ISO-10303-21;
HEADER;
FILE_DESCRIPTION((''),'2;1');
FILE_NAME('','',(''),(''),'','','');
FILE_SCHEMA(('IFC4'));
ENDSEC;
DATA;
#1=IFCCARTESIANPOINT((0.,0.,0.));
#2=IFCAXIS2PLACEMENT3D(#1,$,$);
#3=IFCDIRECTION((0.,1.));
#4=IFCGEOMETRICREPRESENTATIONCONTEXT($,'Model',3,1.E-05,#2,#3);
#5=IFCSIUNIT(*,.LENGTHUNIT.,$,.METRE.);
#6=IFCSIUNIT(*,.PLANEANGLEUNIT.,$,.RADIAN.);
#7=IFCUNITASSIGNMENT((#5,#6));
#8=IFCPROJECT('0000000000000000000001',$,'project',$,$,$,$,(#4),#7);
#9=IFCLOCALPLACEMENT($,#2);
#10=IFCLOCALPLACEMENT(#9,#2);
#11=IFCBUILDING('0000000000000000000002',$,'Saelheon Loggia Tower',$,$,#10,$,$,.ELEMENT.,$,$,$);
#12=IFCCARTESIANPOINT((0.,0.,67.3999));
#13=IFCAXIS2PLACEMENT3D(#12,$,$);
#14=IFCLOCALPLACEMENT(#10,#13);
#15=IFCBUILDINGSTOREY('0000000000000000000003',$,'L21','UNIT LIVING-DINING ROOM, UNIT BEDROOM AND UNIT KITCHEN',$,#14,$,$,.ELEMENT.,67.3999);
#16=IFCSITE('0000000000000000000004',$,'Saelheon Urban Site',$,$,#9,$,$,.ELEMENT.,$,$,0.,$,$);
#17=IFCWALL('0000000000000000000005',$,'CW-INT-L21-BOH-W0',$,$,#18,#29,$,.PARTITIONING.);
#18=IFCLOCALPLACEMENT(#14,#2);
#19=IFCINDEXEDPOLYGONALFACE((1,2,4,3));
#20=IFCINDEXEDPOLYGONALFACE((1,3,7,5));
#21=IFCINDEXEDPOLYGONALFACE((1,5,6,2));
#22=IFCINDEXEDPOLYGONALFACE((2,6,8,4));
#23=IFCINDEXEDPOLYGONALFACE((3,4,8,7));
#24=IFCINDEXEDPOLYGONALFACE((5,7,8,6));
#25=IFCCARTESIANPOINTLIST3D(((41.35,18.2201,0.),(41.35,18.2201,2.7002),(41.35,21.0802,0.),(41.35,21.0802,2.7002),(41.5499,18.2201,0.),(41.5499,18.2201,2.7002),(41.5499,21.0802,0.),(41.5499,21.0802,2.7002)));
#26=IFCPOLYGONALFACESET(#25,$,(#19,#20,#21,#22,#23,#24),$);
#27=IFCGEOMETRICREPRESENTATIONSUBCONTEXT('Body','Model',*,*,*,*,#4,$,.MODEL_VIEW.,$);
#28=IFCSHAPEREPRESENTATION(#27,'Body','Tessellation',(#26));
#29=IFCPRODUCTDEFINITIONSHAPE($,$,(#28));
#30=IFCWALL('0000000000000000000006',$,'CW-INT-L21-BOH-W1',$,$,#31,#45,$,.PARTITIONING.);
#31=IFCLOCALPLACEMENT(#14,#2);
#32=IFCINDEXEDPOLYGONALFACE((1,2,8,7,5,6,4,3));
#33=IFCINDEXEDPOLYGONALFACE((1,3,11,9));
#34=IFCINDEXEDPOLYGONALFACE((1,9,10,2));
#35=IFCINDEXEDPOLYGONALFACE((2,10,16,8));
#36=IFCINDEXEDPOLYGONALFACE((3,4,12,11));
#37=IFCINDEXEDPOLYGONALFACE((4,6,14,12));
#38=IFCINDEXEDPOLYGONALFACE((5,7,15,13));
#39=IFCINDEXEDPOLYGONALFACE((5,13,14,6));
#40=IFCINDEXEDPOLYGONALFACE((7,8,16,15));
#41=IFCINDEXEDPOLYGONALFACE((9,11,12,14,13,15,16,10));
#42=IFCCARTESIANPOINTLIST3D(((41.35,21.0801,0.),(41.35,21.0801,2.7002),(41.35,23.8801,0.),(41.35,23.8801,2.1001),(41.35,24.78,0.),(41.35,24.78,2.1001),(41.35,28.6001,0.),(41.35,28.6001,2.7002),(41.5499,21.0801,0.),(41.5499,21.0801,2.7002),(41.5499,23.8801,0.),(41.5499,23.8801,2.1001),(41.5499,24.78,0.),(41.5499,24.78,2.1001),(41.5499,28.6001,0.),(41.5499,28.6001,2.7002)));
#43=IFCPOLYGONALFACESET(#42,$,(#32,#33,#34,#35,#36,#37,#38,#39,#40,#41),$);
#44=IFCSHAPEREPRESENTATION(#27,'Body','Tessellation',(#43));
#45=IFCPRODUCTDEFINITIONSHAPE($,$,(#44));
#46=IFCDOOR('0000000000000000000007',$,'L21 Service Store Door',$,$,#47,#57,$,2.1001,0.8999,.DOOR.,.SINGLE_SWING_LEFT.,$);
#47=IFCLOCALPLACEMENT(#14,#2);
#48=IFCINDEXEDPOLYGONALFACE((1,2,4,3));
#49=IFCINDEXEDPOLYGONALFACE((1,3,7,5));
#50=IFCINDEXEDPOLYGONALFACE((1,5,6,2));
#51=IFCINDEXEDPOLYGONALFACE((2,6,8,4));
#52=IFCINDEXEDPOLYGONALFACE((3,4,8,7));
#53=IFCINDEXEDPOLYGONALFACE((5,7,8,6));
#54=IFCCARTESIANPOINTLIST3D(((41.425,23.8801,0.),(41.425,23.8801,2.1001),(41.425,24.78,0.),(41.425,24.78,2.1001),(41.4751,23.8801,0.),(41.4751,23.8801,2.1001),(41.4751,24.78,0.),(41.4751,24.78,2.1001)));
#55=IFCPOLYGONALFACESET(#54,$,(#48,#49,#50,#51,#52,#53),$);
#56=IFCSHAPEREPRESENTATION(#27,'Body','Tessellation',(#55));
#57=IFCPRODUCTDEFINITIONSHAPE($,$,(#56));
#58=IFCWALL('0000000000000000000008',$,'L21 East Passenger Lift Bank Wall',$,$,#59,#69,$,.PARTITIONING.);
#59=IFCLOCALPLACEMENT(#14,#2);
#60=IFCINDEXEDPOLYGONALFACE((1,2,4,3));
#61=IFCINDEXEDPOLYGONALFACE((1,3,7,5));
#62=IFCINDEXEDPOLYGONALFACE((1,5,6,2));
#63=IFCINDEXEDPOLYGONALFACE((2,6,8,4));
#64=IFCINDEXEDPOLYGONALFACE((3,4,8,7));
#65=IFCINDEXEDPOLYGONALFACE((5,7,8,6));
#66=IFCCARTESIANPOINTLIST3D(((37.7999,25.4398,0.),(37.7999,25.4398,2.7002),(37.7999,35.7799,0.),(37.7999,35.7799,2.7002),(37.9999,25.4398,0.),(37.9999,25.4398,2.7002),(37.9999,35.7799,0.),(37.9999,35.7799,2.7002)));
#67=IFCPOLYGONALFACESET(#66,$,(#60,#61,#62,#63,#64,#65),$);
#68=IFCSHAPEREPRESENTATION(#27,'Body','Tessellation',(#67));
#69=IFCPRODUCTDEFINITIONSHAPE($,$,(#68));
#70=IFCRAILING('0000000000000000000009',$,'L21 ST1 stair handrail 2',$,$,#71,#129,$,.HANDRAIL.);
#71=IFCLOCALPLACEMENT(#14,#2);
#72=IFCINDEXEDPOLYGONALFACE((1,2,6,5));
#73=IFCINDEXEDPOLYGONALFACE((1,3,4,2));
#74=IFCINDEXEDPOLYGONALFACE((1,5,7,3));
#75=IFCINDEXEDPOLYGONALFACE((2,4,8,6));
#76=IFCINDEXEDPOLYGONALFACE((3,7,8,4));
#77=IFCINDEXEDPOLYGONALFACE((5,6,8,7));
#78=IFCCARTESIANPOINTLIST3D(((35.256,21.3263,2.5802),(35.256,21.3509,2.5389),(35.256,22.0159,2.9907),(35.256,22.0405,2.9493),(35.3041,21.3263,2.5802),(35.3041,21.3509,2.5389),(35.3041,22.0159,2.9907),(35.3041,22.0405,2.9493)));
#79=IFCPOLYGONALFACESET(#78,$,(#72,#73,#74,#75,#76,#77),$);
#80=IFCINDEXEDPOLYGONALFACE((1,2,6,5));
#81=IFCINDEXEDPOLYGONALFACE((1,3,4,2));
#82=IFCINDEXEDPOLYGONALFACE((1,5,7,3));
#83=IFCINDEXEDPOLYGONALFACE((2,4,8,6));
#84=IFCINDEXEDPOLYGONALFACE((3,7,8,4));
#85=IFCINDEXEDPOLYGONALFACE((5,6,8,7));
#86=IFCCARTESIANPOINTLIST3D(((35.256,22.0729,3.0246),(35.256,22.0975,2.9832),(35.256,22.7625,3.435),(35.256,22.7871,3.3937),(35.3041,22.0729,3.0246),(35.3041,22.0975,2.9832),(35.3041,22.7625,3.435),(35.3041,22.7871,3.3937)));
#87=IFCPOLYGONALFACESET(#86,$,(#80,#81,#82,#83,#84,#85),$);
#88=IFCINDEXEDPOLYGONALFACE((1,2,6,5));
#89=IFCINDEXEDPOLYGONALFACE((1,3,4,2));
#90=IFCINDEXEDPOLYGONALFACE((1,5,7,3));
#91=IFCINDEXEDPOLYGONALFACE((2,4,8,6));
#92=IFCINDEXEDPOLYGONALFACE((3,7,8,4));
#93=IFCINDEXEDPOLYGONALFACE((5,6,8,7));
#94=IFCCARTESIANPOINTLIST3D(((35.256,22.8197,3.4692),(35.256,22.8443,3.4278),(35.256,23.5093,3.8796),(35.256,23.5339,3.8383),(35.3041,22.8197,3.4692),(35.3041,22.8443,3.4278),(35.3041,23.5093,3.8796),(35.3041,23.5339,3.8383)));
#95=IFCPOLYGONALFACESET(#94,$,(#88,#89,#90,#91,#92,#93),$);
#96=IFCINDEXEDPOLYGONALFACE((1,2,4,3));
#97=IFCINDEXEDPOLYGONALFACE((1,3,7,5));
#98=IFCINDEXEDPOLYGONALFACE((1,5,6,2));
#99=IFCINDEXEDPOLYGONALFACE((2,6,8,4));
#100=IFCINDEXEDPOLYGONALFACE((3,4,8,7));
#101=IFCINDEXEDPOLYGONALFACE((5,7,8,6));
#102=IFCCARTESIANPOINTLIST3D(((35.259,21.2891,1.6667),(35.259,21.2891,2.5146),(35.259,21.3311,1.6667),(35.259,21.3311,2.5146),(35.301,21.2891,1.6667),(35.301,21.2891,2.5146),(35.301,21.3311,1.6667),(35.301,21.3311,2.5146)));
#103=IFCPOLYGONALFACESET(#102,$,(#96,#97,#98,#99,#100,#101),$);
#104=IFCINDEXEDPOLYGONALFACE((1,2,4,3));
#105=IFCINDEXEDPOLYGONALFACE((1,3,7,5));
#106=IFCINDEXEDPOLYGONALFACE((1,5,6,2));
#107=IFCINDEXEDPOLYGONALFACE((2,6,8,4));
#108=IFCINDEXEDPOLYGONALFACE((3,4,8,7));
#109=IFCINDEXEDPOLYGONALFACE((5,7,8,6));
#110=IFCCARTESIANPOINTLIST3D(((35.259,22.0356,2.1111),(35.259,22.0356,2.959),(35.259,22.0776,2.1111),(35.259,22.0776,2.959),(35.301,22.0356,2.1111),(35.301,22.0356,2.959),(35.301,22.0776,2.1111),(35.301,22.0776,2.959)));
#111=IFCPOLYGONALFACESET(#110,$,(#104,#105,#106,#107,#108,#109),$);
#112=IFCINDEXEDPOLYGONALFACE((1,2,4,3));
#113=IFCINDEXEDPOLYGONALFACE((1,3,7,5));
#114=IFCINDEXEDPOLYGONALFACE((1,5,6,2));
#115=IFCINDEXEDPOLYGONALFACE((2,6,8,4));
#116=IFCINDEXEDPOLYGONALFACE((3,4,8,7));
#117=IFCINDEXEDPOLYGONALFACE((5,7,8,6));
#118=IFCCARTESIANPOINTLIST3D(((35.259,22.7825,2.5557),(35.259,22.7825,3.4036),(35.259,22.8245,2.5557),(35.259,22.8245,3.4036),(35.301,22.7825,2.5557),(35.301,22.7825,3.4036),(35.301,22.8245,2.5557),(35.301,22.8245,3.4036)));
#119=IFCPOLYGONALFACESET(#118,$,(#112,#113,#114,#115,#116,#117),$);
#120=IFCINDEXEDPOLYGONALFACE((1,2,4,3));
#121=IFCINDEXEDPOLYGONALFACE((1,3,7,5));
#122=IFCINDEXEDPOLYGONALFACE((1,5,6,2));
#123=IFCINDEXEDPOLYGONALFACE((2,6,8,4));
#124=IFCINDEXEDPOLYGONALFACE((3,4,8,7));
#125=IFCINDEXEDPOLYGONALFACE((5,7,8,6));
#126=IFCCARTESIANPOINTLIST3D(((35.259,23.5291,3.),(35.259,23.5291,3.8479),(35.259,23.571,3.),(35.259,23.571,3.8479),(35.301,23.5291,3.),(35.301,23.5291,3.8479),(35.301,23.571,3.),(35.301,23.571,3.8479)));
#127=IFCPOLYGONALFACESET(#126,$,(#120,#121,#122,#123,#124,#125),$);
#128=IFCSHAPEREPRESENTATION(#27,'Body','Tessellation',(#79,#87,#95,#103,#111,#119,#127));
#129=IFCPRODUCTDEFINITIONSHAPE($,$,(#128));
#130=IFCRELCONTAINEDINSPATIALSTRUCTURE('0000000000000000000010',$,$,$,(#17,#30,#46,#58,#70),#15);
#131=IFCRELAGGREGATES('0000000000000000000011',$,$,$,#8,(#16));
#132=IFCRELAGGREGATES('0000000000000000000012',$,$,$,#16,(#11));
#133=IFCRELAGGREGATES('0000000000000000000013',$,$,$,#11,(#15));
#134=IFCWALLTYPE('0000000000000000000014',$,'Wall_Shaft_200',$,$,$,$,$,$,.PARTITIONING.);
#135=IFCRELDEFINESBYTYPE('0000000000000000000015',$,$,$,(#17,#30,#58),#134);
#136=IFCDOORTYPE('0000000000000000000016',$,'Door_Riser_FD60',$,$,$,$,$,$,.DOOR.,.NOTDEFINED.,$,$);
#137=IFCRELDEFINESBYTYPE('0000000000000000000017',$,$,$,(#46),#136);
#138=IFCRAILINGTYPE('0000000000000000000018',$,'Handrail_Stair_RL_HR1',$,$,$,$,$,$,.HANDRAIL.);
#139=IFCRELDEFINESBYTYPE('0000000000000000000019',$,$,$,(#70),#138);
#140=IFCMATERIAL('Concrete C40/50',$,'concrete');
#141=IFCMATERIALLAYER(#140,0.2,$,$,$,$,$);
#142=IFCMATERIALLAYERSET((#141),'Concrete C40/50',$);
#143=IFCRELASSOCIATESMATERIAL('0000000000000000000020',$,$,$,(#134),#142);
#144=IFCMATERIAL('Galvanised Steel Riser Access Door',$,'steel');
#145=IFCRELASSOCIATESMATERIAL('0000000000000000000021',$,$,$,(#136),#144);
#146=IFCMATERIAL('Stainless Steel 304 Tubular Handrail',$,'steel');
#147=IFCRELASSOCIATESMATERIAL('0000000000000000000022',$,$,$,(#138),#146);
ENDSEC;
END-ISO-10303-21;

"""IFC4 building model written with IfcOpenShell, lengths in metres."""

from ifc_helpers import new_model, si_unit, direction, frame, frame_2d, origin, origin_2d, place, context, subcontext, project, spatial, rectangle, extrude, source, transform, mapped, material, layer, layer_set, type_object, element, fill, save


model = new_model("IFC4")

# Units and contexts
model_context = context("Model", 3, precision=1e-05, world=origin(), true_north=direction((0.0, 1.0)))
body_context = subcontext(model_context, "Body", "Model", "MODEL_VIEW")
ifc_project = project(units=[si_unit("LENGTHUNIT", "METRE"), si_unit("PLANEANGLEUNIT", "RADIAN")], contexts=[model_context])

# Site, building, storey
site_placement = place(None, origin())
site = spatial("IfcSite", under=ifc_project, at=site_placement, Name="Saelheon Urban Site", CompositionType="ELEMENT", RefElevation=0.0)
building_placement = place(site_placement, origin())
building = spatial("IfcBuilding", under=site, at=building_placement, Name="Saelheon Loggia Tower", CompositionType="ELEMENT")
storey_placement = place(building_placement, frame((0.0, 0.0, 67.3999)))
storey = spatial("IfcBuildingStorey", under=building, at=storey_placement, Name="L21", Description="UNIT LIVING-DINING ROOM, UNIT BEDROOM AND UNIT KITCHEN", CompositionType="ELEMENT", Elevation=67.3999)

# Wall
ifc_material_1 = material(Name="Concrete C40/50", Category="concrete")
ifc_layer_1 = layer(ifc_material_1, 0.2)
ifc_layer_set_1 = layer_set([ifc_layer_1], Name="Concrete C40/50")
wall_type_1 = type_object("IfcWallType", Name="Wall_Shaft_200", PredefinedType="PARTITIONING", material=ifc_layer_set_1)
wall_1_placement = place(storey_placement, frame((41.45, 18.22, 0.0), z_axis=(0.0, 0.0, 1.0), x_axis=(0.0, 1.0, 0.0)))
element("IfcWall", 1, at=wall_1_placement, inside=storey, type_object=wall_type_1, Name="CW-INT-L21-BOH-W0", PredefinedType="PARTITIONING", context=body_context, shape_type="SweptSolid", body=[
    extrude(rectangle(XDim=2.8601, YDim=0.2, at=frame_2d((1.4302, 0.0))), origin(), (0.0, 0.0, 1.0), 2.7002),
])

# Wall, opening, door
wall_2_placement = place(storey_placement, frame((41.45, 21.0801, 0.0), z_axis=(0.0, 0.0, 1.0), x_axis=(0.0, 1.0, 0.0)))
wall_2 = element("IfcWall", 2, at=wall_2_placement, inside=storey, type_object=wall_type_1, Name="CW-INT-L21-BOH-W1", PredefinedType="PARTITIONING", context=body_context, shape_type="SweptSolid", body=[
    extrude(rectangle(XDim=7.52, YDim=0.2, at=frame_2d((3.76, 0.0))), origin(), (0.0, 0.0, 1.0), 2.7002),
])
opening_1_placement = place(wall_2_placement, frame((2.8, 0.0, 0.0)))
opening_1 = element("IfcOpeningElement", 3, at=opening_1_placement, cuts=wall_2, PredefinedType="OPENING", context=body_context, shape_type="SweptSolid", body=[
    extrude(rectangle(XDim=0.8999, YDim=2.1001, at=frame_2d((0.45, 1.05))), frame((0.0, 0.1121, 0.0), z_axis=(0.0, -1.0, 0.0), x_axis=(1.0, 0.0, 0.0)), (0.0, 0.0, 1.0), 0.2239),
])
ifc_material_2 = material(Name="Galvanised Steel Riser Access Door", Category="steel")
door_type_1 = type_object("IfcDoorType", Name="Door_Riser_FD60", OperationType="NOTDEFINED", PredefinedType="DOOR", material=ifc_material_2)
shared_shape_1 = source(origin(), body_context, "Body", "SweptSolid", [
    extrude(rectangle(XDim=0.8999, YDim=2.1001, at=frame_2d((0.45, 1.05))), frame((0.0, 0.0249, 0.0), z_axis=(0.0, -1.0, 0.0), x_axis=(1.0, 0.0, 0.0)), (0.0, 0.0, 1.0), 0.05),
])
door_1_placement = place(opening_1_placement, origin())
door_1 = element("IfcDoor", 4, at=door_1_placement, inside=storey, type_object=door_type_1, Name="L21 Service Store Door", OperationType="SINGLE_SWING_LEFT", OverallHeight=2.1001, OverallWidth=0.8999, PredefinedType="DOOR", context=body_context, shape_type="MappedRepresentation", body=[
    mapped(shared_shape_1, transform((0.0, 0.0, 0.0), scale=1.0)),
])
fill(opening_1, door_1)

# Wall
wall_3_placement = place(storey_placement, frame((37.8999, 25.4399, 0.0), z_axis=(0.0, 0.0, 1.0), x_axis=(0.0, 1.0, 0.0)))
element("IfcWall", 5, at=wall_3_placement, inside=storey, type_object=wall_type_1, Name="L21 East Passenger Lift Bank Wall", PredefinedType="PARTITIONING", context=body_context, shape_type="SweptSolid", body=[
    extrude(rectangle(XDim=10.3401, YDim=0.2, at=frame_2d((5.1699, 0.0))), origin(), (0.0, 0.0, 1.0), 2.7002),
])

# Railing
ifc_material_3 = material(Name="Stainless Steel 304 Tubular Handrail", Category="steel")
railing_type = type_object("IfcRailingType", Name="Handrail_Stair_RL_HR1", PredefinedType="HANDRAIL", material=ifc_material_3)
railing_placement = place(storey_placement, frame((35.28, 21.3101, 1.6667)))
element("IfcRailing", 6, at=railing_placement, inside=storey, type_object=railing_type, Name="L21 ST1 stair handrail 2", PredefinedType="HANDRAIL", context=body_context, shape_type="SweptSolid", body=[
    extrude(rectangle(XDim=0.0481, YDim=0.0481, at=origin_2d()), frame((0.0, 0.0286, 0.8928), z_axis=(0.0, 0.859306, 0.511462), x_axis=(-1.0, 0.0, 0.0)), (0.0, 0.0, 1.0), 0.8025),
    extrude(rectangle(XDim=0.0481, YDim=0.0481, at=origin_2d()), frame((0.0, 0.7751, 1.3372), z_axis=(0.0, 0.859306, 0.511462), x_axis=(-1.0, 0.0, 0.0)), (0.0, 0.0, 1.0), 0.8025),
    extrude(rectangle(XDim=0.0481, YDim=0.0481, at=origin_2d()), frame((0.0, 1.522, 1.7817), z_axis=(0.0, 0.859306, 0.511462), x_axis=(-1.0, 0.0, 0.0)), (0.0, 0.0, 1.0), 0.8025),
    extrude(rectangle(XDim=0.042, YDim=0.042, at=origin_2d()), origin(), (0.0, 0.0, 1.0), 0.8479),
    extrude(rectangle(XDim=0.042, YDim=0.042, at=origin_2d()), frame((0.0, 0.7466, 0.4443)), (0.0, 0.0, 1.0), 0.8479),
    extrude(rectangle(XDim=0.042, YDim=0.042, at=origin_2d()), frame((0.0, 1.4934, 0.8889)), (0.0, 0.0, 1.0), 0.8479),
    extrude(rectangle(XDim=0.042, YDim=0.042, at=origin_2d()), frame((0.0, 2.24, 1.3333)), (0.0, 0.0, 1.0), 0.8479),
])

save(model, "model.ifc")
